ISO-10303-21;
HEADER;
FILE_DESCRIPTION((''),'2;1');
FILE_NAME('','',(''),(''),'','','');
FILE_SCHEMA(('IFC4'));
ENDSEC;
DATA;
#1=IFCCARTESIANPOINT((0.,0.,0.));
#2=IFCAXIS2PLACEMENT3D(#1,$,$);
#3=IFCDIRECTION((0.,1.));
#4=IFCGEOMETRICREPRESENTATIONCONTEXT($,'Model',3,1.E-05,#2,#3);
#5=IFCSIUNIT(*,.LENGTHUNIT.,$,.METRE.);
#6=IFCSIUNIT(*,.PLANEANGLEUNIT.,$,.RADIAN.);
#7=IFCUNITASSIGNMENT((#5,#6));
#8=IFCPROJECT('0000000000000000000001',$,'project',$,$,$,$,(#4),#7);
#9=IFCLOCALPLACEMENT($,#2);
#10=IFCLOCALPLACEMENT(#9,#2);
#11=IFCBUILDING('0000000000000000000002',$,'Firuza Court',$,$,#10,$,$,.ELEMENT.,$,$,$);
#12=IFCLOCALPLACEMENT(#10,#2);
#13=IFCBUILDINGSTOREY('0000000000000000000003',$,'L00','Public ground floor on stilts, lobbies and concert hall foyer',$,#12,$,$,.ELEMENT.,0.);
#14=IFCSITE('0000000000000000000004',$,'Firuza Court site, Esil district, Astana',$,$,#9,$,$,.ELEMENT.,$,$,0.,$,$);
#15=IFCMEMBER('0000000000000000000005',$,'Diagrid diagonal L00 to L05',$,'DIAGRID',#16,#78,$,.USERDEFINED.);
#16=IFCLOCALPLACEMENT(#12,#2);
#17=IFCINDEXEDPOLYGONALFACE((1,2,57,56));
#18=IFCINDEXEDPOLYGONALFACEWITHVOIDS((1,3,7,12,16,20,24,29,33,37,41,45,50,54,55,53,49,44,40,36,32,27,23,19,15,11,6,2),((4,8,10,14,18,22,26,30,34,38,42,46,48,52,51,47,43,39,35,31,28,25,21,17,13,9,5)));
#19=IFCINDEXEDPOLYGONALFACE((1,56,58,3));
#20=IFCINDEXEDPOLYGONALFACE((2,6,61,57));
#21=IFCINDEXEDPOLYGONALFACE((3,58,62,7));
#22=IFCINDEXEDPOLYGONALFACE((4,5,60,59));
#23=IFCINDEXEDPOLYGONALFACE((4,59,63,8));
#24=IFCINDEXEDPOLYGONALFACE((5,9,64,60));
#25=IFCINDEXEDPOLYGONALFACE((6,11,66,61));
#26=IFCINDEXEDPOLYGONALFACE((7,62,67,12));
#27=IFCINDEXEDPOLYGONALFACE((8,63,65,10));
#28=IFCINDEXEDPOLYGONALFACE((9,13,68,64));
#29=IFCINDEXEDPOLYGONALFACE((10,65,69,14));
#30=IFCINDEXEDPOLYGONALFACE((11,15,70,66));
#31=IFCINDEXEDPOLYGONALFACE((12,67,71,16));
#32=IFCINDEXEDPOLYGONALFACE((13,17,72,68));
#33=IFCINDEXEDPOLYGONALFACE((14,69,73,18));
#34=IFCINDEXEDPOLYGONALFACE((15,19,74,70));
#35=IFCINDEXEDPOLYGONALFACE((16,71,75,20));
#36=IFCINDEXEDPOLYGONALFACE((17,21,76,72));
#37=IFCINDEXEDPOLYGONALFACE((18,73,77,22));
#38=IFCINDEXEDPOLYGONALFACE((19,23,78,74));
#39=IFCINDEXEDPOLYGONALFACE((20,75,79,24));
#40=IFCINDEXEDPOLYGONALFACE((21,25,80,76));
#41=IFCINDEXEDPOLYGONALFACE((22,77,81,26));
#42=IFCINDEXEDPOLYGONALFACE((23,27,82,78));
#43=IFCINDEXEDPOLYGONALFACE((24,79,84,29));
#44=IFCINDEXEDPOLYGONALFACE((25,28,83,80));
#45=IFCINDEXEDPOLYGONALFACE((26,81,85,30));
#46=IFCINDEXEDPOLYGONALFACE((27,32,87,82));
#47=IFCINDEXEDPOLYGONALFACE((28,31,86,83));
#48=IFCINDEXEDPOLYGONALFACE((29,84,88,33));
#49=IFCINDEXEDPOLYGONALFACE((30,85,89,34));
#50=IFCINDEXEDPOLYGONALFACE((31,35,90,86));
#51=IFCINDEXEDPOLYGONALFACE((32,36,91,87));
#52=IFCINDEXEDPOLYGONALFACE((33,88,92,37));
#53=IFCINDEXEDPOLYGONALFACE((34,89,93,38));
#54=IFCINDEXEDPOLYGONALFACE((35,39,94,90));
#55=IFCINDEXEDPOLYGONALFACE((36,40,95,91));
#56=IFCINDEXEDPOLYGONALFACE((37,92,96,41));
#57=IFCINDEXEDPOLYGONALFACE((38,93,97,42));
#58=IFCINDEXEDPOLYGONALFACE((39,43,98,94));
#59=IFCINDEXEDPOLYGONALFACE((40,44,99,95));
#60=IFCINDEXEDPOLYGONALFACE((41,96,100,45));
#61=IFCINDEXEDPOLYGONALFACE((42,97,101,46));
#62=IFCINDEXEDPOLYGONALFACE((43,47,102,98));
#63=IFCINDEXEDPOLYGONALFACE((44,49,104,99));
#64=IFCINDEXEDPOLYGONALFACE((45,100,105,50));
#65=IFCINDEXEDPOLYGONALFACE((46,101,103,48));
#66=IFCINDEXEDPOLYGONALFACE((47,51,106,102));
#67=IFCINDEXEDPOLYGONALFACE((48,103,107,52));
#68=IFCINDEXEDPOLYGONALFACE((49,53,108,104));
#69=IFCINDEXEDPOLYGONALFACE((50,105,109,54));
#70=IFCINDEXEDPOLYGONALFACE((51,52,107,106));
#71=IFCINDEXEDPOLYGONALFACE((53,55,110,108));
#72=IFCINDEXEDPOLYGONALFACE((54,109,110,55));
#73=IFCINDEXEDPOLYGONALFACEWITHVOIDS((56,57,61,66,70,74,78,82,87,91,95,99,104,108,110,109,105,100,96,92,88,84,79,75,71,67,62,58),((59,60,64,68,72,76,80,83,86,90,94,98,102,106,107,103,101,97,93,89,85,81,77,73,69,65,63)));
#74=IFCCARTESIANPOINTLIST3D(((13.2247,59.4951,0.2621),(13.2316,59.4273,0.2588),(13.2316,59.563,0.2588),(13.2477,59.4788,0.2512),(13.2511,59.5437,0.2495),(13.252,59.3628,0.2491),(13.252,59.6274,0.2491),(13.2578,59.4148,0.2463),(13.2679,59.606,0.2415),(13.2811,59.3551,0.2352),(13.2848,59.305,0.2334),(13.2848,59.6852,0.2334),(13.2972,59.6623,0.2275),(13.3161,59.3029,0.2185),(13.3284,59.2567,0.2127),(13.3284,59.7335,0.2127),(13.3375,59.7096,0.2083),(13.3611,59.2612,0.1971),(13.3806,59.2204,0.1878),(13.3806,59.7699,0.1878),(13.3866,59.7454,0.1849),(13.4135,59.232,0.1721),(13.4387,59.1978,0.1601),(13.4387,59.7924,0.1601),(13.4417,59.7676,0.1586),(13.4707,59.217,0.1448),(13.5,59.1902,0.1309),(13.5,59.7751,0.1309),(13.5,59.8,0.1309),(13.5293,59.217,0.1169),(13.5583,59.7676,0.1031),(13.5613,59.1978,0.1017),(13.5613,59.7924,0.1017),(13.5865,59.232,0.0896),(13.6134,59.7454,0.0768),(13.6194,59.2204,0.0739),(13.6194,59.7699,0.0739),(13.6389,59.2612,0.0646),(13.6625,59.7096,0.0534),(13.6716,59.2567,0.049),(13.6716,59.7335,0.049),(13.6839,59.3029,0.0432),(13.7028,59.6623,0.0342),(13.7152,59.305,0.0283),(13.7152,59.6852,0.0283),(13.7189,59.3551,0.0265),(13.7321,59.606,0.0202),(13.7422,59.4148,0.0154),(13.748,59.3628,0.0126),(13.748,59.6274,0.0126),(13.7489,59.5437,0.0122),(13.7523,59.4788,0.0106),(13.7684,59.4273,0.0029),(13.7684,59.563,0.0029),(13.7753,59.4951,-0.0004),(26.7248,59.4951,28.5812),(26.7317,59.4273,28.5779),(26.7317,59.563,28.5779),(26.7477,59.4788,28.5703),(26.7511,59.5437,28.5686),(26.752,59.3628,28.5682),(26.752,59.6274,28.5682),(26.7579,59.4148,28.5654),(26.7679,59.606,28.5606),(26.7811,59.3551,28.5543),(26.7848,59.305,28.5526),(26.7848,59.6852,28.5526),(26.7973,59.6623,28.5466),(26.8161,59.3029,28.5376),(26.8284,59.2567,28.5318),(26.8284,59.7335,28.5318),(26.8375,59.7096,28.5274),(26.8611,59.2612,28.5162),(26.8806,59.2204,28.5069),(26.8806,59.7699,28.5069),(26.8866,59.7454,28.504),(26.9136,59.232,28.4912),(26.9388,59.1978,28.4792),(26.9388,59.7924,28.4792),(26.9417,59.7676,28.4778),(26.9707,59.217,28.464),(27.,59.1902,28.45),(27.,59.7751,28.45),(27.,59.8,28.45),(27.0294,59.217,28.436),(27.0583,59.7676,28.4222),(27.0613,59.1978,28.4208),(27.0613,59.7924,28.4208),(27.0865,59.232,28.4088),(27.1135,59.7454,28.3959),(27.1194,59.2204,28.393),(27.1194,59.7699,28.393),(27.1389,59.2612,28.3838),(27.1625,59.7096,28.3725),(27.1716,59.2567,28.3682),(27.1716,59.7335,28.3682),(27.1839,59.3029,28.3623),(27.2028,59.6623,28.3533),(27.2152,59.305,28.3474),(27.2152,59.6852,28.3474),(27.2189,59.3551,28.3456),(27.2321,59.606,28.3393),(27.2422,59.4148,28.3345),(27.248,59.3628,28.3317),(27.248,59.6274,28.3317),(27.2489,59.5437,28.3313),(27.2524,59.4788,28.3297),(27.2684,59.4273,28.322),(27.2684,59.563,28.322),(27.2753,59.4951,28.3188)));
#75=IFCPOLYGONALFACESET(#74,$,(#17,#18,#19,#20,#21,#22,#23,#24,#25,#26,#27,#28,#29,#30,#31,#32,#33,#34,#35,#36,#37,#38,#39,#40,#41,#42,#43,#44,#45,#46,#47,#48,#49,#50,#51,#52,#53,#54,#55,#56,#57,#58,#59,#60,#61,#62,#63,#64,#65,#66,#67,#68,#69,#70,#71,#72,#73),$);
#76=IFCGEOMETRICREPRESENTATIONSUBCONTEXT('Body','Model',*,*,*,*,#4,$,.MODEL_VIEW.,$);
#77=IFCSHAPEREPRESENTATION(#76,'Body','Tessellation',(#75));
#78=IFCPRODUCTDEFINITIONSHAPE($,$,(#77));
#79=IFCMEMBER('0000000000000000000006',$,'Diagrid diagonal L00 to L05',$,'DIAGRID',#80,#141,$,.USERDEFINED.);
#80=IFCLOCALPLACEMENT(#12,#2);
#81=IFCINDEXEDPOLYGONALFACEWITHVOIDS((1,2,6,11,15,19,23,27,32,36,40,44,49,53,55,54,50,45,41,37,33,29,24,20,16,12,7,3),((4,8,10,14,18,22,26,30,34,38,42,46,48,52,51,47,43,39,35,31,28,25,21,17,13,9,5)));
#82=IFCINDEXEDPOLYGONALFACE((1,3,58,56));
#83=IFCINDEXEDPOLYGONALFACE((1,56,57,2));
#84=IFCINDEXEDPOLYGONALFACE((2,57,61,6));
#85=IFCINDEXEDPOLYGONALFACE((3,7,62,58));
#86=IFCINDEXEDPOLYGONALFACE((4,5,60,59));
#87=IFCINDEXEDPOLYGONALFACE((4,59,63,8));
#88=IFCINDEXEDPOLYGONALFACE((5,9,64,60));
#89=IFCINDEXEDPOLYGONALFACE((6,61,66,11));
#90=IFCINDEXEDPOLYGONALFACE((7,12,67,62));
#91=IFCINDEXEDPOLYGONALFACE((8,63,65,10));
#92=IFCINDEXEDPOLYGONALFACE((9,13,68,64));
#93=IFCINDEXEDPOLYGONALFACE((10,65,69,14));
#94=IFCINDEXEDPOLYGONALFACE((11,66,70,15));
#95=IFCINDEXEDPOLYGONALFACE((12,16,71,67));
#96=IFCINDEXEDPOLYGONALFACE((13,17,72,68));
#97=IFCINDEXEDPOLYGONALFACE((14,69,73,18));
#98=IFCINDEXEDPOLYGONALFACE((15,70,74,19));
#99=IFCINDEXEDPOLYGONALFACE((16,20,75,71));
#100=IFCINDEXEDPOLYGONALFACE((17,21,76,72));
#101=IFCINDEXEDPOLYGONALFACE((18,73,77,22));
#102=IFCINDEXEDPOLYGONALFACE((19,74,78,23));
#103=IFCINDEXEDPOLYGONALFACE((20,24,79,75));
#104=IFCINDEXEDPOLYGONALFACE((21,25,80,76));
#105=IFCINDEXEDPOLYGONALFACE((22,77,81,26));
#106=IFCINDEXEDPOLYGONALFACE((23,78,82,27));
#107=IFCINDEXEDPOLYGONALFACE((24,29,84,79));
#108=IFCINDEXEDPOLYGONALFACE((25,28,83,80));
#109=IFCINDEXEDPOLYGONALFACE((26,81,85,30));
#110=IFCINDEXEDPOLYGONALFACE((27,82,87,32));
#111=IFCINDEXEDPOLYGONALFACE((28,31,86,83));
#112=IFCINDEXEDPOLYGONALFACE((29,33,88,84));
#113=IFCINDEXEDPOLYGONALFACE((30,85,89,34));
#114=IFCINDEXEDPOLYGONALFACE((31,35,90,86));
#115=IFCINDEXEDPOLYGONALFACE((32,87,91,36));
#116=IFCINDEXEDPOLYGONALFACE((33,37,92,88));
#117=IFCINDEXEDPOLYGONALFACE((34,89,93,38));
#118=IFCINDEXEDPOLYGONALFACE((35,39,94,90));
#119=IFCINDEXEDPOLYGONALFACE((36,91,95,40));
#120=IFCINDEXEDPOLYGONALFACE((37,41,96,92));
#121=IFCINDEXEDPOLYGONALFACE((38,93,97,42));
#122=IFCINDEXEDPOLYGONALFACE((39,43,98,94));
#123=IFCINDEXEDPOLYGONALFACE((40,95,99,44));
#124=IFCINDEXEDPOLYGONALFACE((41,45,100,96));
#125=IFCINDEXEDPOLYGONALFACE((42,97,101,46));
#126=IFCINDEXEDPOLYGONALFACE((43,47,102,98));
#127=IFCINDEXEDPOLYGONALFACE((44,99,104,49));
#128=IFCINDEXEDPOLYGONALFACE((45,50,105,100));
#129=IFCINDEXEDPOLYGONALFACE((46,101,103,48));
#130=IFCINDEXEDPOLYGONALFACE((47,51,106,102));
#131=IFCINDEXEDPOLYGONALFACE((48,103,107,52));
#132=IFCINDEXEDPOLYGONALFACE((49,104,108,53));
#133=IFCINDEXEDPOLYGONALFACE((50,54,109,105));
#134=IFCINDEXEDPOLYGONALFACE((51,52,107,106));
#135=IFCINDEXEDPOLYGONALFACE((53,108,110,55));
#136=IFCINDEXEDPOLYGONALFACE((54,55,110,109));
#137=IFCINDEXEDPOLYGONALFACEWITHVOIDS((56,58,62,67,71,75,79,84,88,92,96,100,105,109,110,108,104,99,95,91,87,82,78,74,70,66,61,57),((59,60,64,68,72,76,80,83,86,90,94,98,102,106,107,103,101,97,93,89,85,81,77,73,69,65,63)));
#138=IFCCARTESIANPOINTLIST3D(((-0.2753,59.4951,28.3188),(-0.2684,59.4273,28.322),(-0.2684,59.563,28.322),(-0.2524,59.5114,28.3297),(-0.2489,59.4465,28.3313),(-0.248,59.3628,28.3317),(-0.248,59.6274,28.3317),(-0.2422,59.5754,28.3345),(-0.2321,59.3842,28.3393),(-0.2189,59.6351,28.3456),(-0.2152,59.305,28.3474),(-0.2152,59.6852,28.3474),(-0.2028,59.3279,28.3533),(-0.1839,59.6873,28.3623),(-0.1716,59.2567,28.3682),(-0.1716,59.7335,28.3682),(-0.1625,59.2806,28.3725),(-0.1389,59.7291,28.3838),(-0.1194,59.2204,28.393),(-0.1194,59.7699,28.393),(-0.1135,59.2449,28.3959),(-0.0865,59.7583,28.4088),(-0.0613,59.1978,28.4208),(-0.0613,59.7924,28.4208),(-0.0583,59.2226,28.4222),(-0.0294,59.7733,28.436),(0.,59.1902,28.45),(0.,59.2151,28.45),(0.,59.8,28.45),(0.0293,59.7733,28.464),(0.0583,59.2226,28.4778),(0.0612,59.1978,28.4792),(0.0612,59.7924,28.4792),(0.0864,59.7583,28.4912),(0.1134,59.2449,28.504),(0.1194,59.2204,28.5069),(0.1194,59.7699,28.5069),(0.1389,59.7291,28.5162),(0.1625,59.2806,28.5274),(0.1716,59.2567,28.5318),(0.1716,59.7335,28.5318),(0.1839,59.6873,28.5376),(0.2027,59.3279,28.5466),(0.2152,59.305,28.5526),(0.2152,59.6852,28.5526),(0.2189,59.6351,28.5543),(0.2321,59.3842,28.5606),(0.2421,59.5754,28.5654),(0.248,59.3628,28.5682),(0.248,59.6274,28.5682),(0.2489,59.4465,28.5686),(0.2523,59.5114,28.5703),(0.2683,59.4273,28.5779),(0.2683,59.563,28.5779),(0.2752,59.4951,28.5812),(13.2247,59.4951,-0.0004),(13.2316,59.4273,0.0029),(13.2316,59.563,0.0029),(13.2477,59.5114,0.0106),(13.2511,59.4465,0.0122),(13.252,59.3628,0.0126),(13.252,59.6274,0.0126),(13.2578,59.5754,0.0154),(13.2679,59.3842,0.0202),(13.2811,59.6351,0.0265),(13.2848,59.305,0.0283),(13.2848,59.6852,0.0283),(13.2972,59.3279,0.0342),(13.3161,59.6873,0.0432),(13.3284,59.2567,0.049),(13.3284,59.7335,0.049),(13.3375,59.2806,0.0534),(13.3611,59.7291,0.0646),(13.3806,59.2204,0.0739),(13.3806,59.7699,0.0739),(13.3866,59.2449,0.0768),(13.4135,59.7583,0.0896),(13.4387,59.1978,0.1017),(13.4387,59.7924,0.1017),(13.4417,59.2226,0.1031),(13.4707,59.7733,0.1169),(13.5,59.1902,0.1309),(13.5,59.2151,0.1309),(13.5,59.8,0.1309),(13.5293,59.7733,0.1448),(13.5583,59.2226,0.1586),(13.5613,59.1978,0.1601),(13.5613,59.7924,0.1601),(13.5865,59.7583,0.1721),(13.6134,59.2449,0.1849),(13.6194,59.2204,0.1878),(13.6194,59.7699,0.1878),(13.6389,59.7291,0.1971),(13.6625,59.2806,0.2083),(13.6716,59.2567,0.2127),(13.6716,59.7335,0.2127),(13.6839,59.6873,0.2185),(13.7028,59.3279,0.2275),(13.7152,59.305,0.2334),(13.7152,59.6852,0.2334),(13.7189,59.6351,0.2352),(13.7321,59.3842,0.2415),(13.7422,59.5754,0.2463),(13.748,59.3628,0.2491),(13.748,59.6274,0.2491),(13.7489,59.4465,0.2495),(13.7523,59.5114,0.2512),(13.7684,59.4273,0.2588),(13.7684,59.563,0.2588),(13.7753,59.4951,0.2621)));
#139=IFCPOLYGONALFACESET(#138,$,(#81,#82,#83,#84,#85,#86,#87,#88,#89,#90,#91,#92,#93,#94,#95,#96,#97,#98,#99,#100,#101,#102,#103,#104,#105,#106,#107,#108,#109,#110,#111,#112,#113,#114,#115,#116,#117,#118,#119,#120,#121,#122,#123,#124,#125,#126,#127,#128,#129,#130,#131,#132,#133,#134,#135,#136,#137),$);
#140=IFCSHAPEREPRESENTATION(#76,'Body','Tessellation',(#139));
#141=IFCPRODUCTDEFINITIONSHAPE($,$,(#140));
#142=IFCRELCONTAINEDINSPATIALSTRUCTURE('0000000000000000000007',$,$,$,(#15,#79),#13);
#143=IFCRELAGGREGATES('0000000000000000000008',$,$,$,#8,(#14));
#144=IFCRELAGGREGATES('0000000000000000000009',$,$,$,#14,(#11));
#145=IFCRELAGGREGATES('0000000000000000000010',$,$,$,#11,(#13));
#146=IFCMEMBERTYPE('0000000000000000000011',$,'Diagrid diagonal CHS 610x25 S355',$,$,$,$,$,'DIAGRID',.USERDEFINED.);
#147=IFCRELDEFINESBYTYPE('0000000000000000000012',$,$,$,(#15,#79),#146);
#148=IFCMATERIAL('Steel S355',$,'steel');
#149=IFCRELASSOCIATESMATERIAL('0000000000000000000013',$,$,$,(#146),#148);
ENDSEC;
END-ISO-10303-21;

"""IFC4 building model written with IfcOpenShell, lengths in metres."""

from ifc_helpers import new_model, si_unit, direction, frame, origin, origin_2d, place, context, subcontext, project, spatial, hollow_circle, extrude, material, material_profile, profile_set, type_object, element, save


model = new_model("IFC4")

# Units and contexts
model_context = context("Model", 3, precision=1e-05, world=origin(), true_north=direction((0.0, 1.0)))
body_context = subcontext(model_context, "Body", "Model", "MODEL_VIEW")
ifc_project = project(units=[si_unit("LENGTHUNIT", "METRE"), si_unit("PLANEANGLEUNIT", "RADIAN")], contexts=[model_context])

# Site, building, storey
site_placement = place(None, origin())
site = spatial("IfcSite", under=ifc_project, at=site_placement, Name="Firuza Court site, Esil district, Astana", CompositionType="ELEMENT", RefElevation=0.0)
building_placement = place(site_placement, origin())
building = spatial("IfcBuilding", under=site, at=building_placement, Name="Firuza Court", CompositionType="ELEMENT")
storey_placement = place(building_placement, origin())
storey = spatial("IfcBuildingStorey", under=building, at=storey_placement, Name="L00", Description="Public ground floor on stilts, lobbies and concert hall foyer", CompositionType="ELEMENT", Elevation=0.0)

# Members
ifc_material_1 = material(Name="Steel S355", Category="steel")
ifc_material_profile_1 = material_profile(ifc_material_1, hollow_circle(Radius=0.3049, WallThickness=0.0249, at=origin_2d()), Name="CHS 610x25")
ifc_profile_set_1 = profile_set([ifc_material_profile_1], Name="Steel S355")
member_type_1 = type_object("IfcMemberType", Name="Diagrid diagonal CHS 610x25 S355", ElementType="DIAGRID", PredefinedType="USERDEFINED", material=ifc_profile_set_1)
for number, where, z_axis, x_axis, name in (
    (1, (13.5, 59.4951, 0.1309), (0.430316, 0.0, 0.902678), (0.0, 1.0, 0.0), "Diagrid diagonal L00 to L05"),
    (2, (13.5, 59.4951, 0.1309), (-0.430316, 0.0, 0.902678), (0.0, -1.0, 0.0), "Diagrid diagonal L00 to L05"),
):
    element("IfcMember", number, at=place(storey_placement, frame(where, z_axis=z_axis, x_axis=x_axis)), inside=storey, type_object=member_type_1, Name=name, ObjectType="DIAGRID", PredefinedType="USERDEFINED", context=body_context, shape_type="SweptSolid", body=[
        extrude(hollow_circle(Radius=0.3049, WallThickness=0.0249, at=origin_2d()), origin(), (0.0, 0.0, 1.0), 31.3723),
    ])

save(model, "model.ifc")
